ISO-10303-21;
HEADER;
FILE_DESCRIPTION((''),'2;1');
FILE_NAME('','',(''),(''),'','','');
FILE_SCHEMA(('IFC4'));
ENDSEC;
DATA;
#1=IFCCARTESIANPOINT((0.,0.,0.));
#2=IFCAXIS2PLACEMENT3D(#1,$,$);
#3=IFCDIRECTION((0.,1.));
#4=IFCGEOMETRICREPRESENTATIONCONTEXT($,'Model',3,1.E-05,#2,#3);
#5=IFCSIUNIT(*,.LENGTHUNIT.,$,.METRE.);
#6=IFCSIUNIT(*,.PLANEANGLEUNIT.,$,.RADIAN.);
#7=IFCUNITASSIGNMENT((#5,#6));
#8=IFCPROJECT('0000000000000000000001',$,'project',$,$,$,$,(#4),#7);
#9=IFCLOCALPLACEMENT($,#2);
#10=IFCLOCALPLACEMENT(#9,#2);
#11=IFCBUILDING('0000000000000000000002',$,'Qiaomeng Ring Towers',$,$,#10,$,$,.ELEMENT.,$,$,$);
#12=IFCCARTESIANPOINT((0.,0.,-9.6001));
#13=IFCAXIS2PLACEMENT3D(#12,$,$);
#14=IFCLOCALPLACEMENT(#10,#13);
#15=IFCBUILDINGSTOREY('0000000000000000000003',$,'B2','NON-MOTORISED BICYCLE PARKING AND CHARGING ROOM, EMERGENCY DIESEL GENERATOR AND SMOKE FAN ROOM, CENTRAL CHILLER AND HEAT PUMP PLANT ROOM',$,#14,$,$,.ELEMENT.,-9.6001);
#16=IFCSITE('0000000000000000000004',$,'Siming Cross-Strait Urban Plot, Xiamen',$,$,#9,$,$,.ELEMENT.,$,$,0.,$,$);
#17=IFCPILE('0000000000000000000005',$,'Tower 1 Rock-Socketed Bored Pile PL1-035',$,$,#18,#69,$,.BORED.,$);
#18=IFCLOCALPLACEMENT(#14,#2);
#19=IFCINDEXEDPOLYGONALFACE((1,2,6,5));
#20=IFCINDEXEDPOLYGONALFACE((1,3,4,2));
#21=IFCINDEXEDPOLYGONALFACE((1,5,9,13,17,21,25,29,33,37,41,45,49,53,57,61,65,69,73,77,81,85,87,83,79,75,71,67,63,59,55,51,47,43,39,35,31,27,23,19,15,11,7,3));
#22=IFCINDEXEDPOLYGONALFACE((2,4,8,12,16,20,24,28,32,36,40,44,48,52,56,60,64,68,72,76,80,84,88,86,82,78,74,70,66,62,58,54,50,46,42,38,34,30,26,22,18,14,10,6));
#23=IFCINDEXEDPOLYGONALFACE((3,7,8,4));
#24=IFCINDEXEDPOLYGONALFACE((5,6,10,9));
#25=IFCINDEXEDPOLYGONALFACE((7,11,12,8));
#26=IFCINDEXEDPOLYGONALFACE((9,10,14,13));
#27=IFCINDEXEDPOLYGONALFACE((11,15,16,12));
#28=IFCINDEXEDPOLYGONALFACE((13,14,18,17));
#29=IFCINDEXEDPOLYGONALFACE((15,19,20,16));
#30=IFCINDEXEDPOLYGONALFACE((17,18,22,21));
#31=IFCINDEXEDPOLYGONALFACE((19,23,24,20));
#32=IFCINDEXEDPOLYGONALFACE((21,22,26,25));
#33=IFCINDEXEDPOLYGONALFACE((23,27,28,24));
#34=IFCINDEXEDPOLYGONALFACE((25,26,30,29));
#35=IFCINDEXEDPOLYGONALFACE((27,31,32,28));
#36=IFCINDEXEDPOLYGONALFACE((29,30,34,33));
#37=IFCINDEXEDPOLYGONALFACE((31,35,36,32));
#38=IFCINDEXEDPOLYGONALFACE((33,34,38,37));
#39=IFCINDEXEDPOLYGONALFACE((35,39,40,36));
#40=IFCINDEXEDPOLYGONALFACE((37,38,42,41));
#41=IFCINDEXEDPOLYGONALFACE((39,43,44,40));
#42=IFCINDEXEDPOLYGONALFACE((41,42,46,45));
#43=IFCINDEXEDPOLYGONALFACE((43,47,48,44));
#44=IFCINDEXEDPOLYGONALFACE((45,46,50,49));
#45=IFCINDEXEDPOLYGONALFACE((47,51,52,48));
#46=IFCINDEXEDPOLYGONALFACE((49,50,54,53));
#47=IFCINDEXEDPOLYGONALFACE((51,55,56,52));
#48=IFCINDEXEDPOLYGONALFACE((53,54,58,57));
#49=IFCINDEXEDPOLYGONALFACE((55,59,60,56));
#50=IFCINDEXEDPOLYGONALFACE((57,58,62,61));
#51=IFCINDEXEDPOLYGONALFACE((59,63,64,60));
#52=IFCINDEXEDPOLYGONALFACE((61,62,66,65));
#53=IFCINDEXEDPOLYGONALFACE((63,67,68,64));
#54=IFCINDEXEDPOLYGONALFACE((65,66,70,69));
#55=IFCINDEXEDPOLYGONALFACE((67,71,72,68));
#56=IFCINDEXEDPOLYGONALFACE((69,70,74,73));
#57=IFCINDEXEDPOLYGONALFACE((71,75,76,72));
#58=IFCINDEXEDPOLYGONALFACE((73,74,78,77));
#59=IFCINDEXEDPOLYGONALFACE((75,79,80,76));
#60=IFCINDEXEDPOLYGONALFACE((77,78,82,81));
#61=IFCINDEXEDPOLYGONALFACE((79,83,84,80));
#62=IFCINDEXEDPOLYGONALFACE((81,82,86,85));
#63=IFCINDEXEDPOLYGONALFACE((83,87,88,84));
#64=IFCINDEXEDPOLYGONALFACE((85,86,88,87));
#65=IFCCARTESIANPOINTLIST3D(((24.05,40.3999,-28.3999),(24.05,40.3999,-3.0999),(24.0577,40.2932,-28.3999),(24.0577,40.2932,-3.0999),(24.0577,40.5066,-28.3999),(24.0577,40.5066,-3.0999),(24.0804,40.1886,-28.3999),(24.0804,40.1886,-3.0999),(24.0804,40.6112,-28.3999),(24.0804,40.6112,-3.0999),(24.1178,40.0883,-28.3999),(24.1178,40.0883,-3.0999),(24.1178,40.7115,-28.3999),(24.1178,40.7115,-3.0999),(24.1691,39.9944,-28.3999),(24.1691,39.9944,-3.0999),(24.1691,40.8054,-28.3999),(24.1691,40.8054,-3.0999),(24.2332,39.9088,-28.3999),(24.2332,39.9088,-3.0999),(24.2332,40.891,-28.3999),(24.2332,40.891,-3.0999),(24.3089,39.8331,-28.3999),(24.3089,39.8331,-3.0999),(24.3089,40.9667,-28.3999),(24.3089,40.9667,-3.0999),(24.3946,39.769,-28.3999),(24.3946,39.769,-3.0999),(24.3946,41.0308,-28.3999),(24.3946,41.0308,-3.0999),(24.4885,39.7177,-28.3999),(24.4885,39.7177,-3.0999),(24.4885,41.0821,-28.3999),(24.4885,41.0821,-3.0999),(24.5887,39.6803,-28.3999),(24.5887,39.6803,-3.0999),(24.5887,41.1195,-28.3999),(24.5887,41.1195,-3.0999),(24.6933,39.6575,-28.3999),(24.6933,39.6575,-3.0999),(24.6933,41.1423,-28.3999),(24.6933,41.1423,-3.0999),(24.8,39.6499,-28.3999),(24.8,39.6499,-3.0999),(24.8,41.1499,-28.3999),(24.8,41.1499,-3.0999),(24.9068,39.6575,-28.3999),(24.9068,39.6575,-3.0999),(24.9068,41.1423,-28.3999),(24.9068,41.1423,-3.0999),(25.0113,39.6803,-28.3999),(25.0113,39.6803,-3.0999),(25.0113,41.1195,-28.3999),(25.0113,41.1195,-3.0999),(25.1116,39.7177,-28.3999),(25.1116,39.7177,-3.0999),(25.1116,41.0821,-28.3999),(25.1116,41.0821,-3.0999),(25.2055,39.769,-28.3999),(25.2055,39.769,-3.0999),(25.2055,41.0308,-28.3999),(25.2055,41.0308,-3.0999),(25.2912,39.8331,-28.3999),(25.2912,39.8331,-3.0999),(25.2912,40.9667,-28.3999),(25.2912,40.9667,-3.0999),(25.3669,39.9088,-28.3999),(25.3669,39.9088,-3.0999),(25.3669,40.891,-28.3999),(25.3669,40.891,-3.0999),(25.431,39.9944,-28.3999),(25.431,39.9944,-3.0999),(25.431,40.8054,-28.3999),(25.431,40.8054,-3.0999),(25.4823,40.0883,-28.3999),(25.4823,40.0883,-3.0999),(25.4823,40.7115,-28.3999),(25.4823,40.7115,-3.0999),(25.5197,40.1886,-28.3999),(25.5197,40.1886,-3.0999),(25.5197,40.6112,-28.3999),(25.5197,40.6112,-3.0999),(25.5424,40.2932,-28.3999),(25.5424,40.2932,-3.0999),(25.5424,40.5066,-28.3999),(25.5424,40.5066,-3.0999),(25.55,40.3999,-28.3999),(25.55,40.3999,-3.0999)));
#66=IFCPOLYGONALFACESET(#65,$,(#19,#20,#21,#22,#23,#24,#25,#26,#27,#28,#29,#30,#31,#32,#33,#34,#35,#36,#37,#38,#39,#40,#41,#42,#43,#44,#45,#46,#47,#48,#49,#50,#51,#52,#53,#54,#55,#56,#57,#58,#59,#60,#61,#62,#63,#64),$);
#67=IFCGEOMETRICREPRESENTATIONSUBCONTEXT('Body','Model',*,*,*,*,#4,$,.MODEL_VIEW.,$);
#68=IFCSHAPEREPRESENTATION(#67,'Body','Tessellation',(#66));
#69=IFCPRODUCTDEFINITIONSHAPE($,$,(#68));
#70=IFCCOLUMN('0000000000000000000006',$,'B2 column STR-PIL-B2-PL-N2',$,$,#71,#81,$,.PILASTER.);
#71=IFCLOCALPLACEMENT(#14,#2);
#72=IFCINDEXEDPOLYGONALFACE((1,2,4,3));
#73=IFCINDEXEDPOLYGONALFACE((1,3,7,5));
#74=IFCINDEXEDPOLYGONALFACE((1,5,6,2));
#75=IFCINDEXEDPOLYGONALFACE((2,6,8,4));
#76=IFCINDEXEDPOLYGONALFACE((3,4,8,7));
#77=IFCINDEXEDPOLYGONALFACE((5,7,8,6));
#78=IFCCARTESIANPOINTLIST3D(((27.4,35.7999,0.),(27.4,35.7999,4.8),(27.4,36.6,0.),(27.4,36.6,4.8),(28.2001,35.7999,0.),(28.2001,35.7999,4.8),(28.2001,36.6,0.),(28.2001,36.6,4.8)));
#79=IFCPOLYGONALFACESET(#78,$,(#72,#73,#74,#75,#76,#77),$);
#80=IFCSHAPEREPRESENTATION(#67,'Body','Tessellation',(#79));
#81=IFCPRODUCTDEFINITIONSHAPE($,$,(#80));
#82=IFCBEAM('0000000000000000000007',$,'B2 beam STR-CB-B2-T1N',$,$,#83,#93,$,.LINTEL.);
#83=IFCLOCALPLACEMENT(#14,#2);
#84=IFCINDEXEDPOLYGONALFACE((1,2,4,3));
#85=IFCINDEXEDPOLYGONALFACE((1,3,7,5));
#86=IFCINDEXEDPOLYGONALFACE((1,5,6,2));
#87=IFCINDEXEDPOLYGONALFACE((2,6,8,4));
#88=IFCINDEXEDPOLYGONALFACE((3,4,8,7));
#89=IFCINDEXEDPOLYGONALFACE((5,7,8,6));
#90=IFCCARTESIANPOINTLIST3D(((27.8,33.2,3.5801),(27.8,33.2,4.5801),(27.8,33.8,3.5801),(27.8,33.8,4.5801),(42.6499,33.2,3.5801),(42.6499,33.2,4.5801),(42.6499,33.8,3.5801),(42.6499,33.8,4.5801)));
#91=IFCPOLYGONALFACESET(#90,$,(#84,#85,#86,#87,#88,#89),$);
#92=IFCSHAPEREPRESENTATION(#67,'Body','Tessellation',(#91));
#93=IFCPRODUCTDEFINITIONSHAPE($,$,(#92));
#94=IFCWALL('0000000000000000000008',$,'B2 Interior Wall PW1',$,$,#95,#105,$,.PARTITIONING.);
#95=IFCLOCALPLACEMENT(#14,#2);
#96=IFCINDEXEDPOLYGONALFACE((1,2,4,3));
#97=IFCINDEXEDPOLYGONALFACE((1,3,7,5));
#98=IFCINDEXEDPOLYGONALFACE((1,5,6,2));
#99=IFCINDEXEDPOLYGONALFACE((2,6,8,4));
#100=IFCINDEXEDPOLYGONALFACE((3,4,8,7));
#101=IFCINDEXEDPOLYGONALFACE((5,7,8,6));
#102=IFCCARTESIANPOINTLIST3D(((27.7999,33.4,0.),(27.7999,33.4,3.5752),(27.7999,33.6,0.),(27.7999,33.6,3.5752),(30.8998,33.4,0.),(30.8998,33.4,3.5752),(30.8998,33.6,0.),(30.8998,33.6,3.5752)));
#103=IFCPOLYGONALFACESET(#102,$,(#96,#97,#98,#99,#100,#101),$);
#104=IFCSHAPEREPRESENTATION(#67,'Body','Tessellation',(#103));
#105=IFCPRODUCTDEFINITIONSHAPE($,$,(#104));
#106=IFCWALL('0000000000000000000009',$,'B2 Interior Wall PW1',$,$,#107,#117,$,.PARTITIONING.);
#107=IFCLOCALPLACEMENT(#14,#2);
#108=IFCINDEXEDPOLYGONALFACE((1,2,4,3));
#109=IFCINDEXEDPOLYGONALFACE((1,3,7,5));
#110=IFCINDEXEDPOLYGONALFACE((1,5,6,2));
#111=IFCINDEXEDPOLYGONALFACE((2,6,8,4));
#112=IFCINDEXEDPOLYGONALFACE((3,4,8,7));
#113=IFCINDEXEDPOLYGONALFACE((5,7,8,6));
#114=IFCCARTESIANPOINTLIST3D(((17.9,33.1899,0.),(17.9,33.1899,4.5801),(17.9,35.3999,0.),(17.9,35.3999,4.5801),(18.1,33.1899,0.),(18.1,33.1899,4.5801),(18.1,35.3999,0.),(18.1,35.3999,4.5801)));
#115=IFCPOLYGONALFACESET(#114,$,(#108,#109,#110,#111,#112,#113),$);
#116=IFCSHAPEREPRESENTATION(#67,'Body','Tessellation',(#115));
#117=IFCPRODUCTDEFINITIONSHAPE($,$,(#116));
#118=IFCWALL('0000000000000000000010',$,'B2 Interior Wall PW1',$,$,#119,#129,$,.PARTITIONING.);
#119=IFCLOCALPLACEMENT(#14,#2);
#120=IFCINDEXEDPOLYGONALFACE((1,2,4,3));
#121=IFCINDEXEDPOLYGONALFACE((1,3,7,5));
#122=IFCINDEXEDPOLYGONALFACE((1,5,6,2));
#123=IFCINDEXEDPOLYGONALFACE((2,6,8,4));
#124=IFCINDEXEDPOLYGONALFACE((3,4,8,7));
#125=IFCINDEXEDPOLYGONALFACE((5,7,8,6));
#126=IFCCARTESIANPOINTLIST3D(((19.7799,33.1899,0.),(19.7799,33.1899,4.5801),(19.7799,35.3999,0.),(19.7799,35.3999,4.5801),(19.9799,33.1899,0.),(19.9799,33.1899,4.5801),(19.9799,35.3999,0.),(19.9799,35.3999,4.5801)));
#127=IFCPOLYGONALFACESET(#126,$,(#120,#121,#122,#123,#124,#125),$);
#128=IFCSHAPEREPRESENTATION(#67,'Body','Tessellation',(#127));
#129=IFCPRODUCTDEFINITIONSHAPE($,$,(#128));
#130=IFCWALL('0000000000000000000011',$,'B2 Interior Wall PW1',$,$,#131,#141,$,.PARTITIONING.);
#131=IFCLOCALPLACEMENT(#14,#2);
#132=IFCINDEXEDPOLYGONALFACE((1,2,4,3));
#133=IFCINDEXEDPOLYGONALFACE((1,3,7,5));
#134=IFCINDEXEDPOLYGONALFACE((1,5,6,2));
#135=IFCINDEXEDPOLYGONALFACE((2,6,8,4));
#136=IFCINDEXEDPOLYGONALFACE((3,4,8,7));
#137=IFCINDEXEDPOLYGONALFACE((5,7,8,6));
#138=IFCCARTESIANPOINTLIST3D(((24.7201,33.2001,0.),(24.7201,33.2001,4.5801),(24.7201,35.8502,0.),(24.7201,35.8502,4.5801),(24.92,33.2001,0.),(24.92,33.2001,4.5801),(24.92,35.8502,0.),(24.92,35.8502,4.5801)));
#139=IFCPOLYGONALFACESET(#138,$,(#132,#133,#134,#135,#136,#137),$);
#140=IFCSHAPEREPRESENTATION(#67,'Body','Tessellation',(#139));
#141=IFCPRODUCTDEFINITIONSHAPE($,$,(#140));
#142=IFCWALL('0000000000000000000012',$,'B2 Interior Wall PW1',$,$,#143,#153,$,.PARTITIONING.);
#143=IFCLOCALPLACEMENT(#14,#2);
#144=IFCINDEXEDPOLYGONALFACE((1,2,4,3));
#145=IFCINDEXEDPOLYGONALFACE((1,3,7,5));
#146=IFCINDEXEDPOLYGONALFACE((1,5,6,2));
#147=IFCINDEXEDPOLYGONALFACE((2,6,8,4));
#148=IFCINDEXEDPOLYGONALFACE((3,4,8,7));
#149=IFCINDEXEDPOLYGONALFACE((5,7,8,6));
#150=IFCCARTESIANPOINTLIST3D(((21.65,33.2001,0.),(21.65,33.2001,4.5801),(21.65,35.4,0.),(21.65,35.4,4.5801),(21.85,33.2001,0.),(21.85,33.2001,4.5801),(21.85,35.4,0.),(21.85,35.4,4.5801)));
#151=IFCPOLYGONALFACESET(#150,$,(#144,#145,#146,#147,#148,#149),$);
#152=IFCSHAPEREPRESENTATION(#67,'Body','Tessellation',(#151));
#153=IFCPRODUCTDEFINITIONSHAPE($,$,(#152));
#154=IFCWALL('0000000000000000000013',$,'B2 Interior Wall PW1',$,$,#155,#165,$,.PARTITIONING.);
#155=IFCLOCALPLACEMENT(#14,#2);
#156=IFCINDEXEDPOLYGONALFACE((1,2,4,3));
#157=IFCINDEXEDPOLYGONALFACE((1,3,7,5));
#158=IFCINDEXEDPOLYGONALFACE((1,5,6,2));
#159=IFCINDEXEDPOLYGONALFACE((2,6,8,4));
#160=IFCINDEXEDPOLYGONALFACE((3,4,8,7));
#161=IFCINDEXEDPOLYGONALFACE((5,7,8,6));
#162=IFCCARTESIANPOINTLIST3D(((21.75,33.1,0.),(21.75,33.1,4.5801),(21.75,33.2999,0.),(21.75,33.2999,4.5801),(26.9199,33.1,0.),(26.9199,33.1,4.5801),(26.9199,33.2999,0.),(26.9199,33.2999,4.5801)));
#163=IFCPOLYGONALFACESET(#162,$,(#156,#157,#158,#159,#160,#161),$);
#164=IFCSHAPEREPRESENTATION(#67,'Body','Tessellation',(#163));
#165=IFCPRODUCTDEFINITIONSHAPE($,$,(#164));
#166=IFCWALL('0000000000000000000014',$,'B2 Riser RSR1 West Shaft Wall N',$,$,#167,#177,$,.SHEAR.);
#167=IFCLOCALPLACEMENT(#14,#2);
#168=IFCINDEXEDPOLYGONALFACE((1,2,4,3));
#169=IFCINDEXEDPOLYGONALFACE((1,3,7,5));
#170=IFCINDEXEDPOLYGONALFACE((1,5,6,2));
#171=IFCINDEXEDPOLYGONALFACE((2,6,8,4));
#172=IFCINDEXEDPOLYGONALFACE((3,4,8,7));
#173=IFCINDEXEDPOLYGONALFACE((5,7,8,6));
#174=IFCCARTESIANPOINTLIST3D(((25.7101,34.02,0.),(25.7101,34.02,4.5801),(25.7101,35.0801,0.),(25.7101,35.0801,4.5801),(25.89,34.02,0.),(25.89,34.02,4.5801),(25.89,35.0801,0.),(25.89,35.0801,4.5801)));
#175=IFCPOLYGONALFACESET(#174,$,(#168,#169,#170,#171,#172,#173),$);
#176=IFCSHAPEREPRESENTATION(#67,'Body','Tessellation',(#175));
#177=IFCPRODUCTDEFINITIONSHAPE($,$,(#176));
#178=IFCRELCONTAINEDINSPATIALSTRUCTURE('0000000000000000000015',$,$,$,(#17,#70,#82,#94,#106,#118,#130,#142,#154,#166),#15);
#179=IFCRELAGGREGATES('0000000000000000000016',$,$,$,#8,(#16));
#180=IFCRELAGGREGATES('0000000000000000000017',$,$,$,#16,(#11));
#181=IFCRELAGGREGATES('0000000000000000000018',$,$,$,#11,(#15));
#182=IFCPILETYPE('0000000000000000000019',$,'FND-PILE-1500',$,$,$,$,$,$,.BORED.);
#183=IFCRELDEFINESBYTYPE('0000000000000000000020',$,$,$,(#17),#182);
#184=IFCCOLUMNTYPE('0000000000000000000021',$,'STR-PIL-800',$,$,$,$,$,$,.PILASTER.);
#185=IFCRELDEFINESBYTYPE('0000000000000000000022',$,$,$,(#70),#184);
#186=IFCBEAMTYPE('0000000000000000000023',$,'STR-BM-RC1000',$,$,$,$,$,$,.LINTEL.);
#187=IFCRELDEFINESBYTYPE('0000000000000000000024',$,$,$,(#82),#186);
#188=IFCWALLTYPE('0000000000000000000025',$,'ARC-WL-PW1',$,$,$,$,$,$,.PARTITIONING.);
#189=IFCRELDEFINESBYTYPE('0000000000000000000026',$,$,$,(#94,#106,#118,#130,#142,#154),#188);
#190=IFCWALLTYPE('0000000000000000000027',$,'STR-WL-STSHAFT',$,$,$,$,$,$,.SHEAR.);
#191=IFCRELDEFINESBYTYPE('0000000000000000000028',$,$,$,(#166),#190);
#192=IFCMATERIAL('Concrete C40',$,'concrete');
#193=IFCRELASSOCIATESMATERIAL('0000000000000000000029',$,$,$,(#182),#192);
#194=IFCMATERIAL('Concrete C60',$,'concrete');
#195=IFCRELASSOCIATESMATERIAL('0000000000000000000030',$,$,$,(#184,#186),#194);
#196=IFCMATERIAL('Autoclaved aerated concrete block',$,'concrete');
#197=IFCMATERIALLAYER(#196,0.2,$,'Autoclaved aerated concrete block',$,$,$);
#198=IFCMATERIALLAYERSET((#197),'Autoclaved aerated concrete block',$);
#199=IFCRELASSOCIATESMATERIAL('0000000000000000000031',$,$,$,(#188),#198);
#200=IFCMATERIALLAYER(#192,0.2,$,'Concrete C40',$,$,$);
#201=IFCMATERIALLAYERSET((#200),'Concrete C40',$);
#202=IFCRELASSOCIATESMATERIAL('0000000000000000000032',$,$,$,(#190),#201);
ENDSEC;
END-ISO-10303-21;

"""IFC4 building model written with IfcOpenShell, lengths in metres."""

from ifc_helpers import new_model, si_unit, direction, frame, frame_2d, origin, origin_2d, place, context, subcontext, project, spatial, rectangle, circle, extrude, source, transform, mapped, material, layer, layer_set, material_profile, profile_set, type_object, element, save


model = new_model("IFC4")

# Units and contexts
model_context = context("Model", 3, precision=1e-05, world=origin(), true_north=direction((0.0, 1.0)))
body_context = subcontext(model_context, "Body", "Model", "MODEL_VIEW")
ifc_project = project(units=[si_unit("LENGTHUNIT", "METRE"), si_unit("PLANEANGLEUNIT", "RADIAN")], contexts=[model_context])

# Site, building, storey
site_placement = place(None, origin())
site = spatial("IfcSite", under=ifc_project, at=site_placement, Name="Siming Cross-Strait Urban Plot, Xiamen", CompositionType="ELEMENT", RefElevation=0.0)
building_placement = place(site_placement, origin())
building = spatial("IfcBuilding", under=site, at=building_placement, Name="Qiaomeng Ring Towers", CompositionType="ELEMENT")
storey_placement = place(building_placement, frame((0.0, 0.0, -9.6001)))
storey = spatial("IfcBuildingStorey", under=building, at=storey_placement, Name="B2", Description="NON-MOTORISED BICYCLE PARKING AND CHARGING ROOM, EMERGENCY DIESEL GENERATOR AND SMOKE FAN ROOM, CENTRAL CHILLER AND HEAT PUMP PLANT ROOM", CompositionType="ELEMENT", Elevation=-9.6001)

# Pile
ifc_material_1 = material(Name="Concrete C40", Category="concrete")
ifc_material_profile_1 = material_profile(ifc_material_1, circle(Radius=0.75, at=origin_2d()), Name="BORED PILE 1500")
ifc_profile_set_1 = profile_set([ifc_material_profile_1], Name="Concrete C40")
pile_type = type_object("IfcPileType", Name="FND-PILE-1500", PredefinedType="BORED", material=ifc_profile_set_1)
shared_shape_1 = source(origin(), body_context, "Body", "SweptSolid", [
    extrude(circle(Radius=0.75, at=origin_2d()), origin(), (0.0, 0.0, 1.0), 25.3),
])
for number, where, z_axis, x_axis, name in (
    (1, (24.8, 40.3999, -3.0999), (0.0, 0.0, -1.0), (1.0, 0.0, 0.0), "Tower 1 Rock-Socketed Bored Pile PL1-035"),
):
    element("IfcPile", number, at=place(storey_placement, frame(where, z_axis=z_axis, x_axis=x_axis)), inside=storey, type_object=pile_type, Name=name, PredefinedType="BORED", context=body_context, shape_type="MappedRepresentation", body=[
        mapped(shared_shape_1, transform((0.0, 0.0, 0.0), x_axis=(1.0, 0.0, 0.0), y_axis=(0.0, 1.0, 0.0), z_axis=(0.0, 0.0, 1.0), scale=1.0)),
    ])

# Column
ifc_material_2 = material(Name="Concrete C60", Category="concrete")
ifc_material_profile_2 = material_profile(ifc_material_2, rectangle(XDim=0.8, YDim=0.8, at=origin_2d()), Name="RC COL 800x800")
ifc_profile_set_2 = profile_set([ifc_material_profile_2], Name="Concrete C60")
column_type = type_object("IfcColumnType", Name="STR-PIL-800", PredefinedType="PILASTER", material=ifc_profile_set_2)
shared_shape_2 = source(origin(), body_context, "Body", "SweptSolid", [
    extrude(rectangle(XDim=0.8, YDim=0.8, at=origin_2d()), origin(), (0.0, 0.0, 1.0), 4.8),
])
column_placement = place(storey_placement, frame((27.8, 36.2, 0.0), z_axis=(0.0, 0.0, 1.0), x_axis=(1.0, 0.0, 0.0)))
element("IfcColumn", 2, at=column_placement, inside=storey, type_object=column_type, Name="B2 column STR-PIL-B2-PL-N2", PredefinedType="PILASTER", context=body_context, shape_type="MappedRepresentation", body=[
    mapped(shared_shape_2, transform((0.0, 0.0, 0.0), x_axis=(1.0, 0.0, 0.0), y_axis=(0.0, 1.0, 0.0), z_axis=(0.0, 0.0, 1.0), scale=1.0)),
])

# Beam
ifc_material_profile_3 = material_profile(ifc_material_2, rectangle(XDim=0.6001, YDim=1.0, at=origin_2d()), Name="RC BM 600x1000")
ifc_profile_set_3 = profile_set([ifc_material_profile_3], Name="Concrete C60")
beam_type = type_object("IfcBeamType", Name="STR-BM-RC1000", PredefinedType="LINTEL", material=ifc_profile_set_3)
shared_shape_3 = source(origin(), body_context, "Body", "SweptSolid", [
    extrude(rectangle(XDim=0.6001, YDim=1.0, at=origin_2d()), origin(), (0.0, 0.0, 1.0), 14.8499),
])
beam_placement = place(storey_placement, frame((27.8, 33.5, 4.0801), z_axis=(1.0, 0.0, 0.0), x_axis=(0.0, 1.0, 0.0)))
element("IfcBeam", 3, at=beam_placement, inside=storey, type_object=beam_type, Name="B2 beam STR-CB-B2-T1N", PredefinedType="LINTEL", context=body_context, shape_type="MappedRepresentation", body=[
    mapped(shared_shape_3, transform((0.0, 0.0, 0.0), x_axis=(1.0, 0.0, 0.0), y_axis=(0.0, 1.0, 0.0), z_axis=(0.0, 0.0, 1.0), scale=1.0)),
])

# Walls
ifc_material_3 = material(Name="Autoclaved aerated concrete block", Category="concrete")
ifc_layer_1 = layer(ifc_material_3, 0.2, Name="Autoclaved aerated concrete block")
ifc_layer_set_1 = layer_set([ifc_layer_1], Name="Autoclaved aerated concrete block")
wall_type_1 = type_object("IfcWallType", Name="ARC-WL-PW1", PredefinedType="PARTITIONING", material=ifc_layer_set_1)
wall_1_placement = place(storey_placement, frame((27.8, 33.5, 0.0), z_axis=(0.0, 0.0, 1.0), x_axis=(1.0, 0.0, 0.0)))
element("IfcWall", 4, at=wall_1_placement, inside=storey, type_object=wall_type_1, Name="B2 Interior Wall PW1", PredefinedType="PARTITIONING", context=body_context, shape_type="SweptSolid", body=[
    extrude(rectangle(XDim=3.0999, YDim=0.2, at=frame_2d((1.5498, 0.0))), origin(), (0.0, 0.0, 1.0), 3.5752),
])
for number, where, z_axis, x_axis, name in (
    (5, (18.0, 33.1899, 0.0), (0.0, 0.0, 1.0), (0.0, 1.0, 0.0), "B2 Interior Wall PW1"),
    (6, (19.8799, 33.1899, 0.0), (0.0, 0.0, 1.0), (0.0, 1.0, 0.0), "B2 Interior Wall PW1"),
):
    element("IfcWall", number, at=place(storey_placement, frame(where, z_axis=z_axis, x_axis=x_axis)), inside=storey, type_object=wall_type_1, Name=name, PredefinedType="PARTITIONING", context=body_context, shape_type="SweptSolid", body=[
        extrude(rectangle(XDim=2.21, YDim=0.2, at=frame_2d((1.105, 0.0))), origin(), (0.0, 0.0, 1.0), 4.5801),
    ])
wall_2_placement = place(storey_placement, frame((24.8201, 33.2, 0.0), z_axis=(0.0, 0.0, 1.0), x_axis=(0.0, 1.0, 0.0)))
element("IfcWall", 7, at=wall_2_placement, inside=storey, type_object=wall_type_1, Name="B2 Interior Wall PW1", PredefinedType="PARTITIONING", context=body_context, shape_type="SweptSolid", body=[
    extrude(rectangle(XDim=2.6501, YDim=0.2, at=frame_2d((1.3252, 0.0))), origin(), (0.0, 0.0, 1.0), 4.5801),
])
wall_3_placement = place(storey_placement, frame((21.75, 33.2, 0.0), z_axis=(0.0, 0.0, 1.0), x_axis=(0.0, 1.0, 0.0)))
element("IfcWall", 8, at=wall_3_placement, inside=storey, type_object=wall_type_1, Name="B2 Interior Wall PW1", PredefinedType="PARTITIONING", context=body_context, shape_type="SweptSolid", body=[
    extrude(rectangle(XDim=2.2, YDim=0.2, at=frame_2d((1.1001, 0.0))), origin(), (0.0, 0.0, 1.0), 4.5801),
])
wall_4_placement = place(storey_placement, frame((21.75, 33.2, 0.0), z_axis=(0.0, 0.0, 1.0), x_axis=(1.0, 0.0, 0.0)))
element("IfcWall", 9, at=wall_4_placement, inside=storey, type_object=wall_type_1, Name="B2 Interior Wall PW1", PredefinedType="PARTITIONING", context=body_context, shape_type="SweptSolid", body=[
    extrude(rectangle(XDim=5.1699, YDim=0.2, at=frame_2d((2.585, 0.0))), origin(), (0.0, 0.0, 1.0), 4.5801),
])
ifc_layer_2 = layer(ifc_material_1, 0.2, Name="Concrete C40")
ifc_layer_set_2 = layer_set([ifc_layer_2], Name="Concrete C40")
wall_type_2 = type_object("IfcWallType", Name="STR-WL-STSHAFT", PredefinedType="SHEAR", material=ifc_layer_set_2)
wall_5_placement = place(storey_placement, frame((25.8, 34.02, 0.0), z_axis=(0.0, 0.0, 1.0), x_axis=(0.0, 1.0, 0.0)))
element("IfcWall", 10, at=wall_5_placement, inside=storey, type_object=wall_type_2, Name="B2 Riser RSR1 West Shaft Wall N", PredefinedType="SHEAR", context=body_context, shape_type="SweptSolid", body=[
    extrude(rectangle(XDim=1.0601, YDim=0.1799, at=frame_2d((0.53, 0.0))), origin(), (0.0, 0.0, 1.0), 4.5801),
])

save(model, "model.ifc")
